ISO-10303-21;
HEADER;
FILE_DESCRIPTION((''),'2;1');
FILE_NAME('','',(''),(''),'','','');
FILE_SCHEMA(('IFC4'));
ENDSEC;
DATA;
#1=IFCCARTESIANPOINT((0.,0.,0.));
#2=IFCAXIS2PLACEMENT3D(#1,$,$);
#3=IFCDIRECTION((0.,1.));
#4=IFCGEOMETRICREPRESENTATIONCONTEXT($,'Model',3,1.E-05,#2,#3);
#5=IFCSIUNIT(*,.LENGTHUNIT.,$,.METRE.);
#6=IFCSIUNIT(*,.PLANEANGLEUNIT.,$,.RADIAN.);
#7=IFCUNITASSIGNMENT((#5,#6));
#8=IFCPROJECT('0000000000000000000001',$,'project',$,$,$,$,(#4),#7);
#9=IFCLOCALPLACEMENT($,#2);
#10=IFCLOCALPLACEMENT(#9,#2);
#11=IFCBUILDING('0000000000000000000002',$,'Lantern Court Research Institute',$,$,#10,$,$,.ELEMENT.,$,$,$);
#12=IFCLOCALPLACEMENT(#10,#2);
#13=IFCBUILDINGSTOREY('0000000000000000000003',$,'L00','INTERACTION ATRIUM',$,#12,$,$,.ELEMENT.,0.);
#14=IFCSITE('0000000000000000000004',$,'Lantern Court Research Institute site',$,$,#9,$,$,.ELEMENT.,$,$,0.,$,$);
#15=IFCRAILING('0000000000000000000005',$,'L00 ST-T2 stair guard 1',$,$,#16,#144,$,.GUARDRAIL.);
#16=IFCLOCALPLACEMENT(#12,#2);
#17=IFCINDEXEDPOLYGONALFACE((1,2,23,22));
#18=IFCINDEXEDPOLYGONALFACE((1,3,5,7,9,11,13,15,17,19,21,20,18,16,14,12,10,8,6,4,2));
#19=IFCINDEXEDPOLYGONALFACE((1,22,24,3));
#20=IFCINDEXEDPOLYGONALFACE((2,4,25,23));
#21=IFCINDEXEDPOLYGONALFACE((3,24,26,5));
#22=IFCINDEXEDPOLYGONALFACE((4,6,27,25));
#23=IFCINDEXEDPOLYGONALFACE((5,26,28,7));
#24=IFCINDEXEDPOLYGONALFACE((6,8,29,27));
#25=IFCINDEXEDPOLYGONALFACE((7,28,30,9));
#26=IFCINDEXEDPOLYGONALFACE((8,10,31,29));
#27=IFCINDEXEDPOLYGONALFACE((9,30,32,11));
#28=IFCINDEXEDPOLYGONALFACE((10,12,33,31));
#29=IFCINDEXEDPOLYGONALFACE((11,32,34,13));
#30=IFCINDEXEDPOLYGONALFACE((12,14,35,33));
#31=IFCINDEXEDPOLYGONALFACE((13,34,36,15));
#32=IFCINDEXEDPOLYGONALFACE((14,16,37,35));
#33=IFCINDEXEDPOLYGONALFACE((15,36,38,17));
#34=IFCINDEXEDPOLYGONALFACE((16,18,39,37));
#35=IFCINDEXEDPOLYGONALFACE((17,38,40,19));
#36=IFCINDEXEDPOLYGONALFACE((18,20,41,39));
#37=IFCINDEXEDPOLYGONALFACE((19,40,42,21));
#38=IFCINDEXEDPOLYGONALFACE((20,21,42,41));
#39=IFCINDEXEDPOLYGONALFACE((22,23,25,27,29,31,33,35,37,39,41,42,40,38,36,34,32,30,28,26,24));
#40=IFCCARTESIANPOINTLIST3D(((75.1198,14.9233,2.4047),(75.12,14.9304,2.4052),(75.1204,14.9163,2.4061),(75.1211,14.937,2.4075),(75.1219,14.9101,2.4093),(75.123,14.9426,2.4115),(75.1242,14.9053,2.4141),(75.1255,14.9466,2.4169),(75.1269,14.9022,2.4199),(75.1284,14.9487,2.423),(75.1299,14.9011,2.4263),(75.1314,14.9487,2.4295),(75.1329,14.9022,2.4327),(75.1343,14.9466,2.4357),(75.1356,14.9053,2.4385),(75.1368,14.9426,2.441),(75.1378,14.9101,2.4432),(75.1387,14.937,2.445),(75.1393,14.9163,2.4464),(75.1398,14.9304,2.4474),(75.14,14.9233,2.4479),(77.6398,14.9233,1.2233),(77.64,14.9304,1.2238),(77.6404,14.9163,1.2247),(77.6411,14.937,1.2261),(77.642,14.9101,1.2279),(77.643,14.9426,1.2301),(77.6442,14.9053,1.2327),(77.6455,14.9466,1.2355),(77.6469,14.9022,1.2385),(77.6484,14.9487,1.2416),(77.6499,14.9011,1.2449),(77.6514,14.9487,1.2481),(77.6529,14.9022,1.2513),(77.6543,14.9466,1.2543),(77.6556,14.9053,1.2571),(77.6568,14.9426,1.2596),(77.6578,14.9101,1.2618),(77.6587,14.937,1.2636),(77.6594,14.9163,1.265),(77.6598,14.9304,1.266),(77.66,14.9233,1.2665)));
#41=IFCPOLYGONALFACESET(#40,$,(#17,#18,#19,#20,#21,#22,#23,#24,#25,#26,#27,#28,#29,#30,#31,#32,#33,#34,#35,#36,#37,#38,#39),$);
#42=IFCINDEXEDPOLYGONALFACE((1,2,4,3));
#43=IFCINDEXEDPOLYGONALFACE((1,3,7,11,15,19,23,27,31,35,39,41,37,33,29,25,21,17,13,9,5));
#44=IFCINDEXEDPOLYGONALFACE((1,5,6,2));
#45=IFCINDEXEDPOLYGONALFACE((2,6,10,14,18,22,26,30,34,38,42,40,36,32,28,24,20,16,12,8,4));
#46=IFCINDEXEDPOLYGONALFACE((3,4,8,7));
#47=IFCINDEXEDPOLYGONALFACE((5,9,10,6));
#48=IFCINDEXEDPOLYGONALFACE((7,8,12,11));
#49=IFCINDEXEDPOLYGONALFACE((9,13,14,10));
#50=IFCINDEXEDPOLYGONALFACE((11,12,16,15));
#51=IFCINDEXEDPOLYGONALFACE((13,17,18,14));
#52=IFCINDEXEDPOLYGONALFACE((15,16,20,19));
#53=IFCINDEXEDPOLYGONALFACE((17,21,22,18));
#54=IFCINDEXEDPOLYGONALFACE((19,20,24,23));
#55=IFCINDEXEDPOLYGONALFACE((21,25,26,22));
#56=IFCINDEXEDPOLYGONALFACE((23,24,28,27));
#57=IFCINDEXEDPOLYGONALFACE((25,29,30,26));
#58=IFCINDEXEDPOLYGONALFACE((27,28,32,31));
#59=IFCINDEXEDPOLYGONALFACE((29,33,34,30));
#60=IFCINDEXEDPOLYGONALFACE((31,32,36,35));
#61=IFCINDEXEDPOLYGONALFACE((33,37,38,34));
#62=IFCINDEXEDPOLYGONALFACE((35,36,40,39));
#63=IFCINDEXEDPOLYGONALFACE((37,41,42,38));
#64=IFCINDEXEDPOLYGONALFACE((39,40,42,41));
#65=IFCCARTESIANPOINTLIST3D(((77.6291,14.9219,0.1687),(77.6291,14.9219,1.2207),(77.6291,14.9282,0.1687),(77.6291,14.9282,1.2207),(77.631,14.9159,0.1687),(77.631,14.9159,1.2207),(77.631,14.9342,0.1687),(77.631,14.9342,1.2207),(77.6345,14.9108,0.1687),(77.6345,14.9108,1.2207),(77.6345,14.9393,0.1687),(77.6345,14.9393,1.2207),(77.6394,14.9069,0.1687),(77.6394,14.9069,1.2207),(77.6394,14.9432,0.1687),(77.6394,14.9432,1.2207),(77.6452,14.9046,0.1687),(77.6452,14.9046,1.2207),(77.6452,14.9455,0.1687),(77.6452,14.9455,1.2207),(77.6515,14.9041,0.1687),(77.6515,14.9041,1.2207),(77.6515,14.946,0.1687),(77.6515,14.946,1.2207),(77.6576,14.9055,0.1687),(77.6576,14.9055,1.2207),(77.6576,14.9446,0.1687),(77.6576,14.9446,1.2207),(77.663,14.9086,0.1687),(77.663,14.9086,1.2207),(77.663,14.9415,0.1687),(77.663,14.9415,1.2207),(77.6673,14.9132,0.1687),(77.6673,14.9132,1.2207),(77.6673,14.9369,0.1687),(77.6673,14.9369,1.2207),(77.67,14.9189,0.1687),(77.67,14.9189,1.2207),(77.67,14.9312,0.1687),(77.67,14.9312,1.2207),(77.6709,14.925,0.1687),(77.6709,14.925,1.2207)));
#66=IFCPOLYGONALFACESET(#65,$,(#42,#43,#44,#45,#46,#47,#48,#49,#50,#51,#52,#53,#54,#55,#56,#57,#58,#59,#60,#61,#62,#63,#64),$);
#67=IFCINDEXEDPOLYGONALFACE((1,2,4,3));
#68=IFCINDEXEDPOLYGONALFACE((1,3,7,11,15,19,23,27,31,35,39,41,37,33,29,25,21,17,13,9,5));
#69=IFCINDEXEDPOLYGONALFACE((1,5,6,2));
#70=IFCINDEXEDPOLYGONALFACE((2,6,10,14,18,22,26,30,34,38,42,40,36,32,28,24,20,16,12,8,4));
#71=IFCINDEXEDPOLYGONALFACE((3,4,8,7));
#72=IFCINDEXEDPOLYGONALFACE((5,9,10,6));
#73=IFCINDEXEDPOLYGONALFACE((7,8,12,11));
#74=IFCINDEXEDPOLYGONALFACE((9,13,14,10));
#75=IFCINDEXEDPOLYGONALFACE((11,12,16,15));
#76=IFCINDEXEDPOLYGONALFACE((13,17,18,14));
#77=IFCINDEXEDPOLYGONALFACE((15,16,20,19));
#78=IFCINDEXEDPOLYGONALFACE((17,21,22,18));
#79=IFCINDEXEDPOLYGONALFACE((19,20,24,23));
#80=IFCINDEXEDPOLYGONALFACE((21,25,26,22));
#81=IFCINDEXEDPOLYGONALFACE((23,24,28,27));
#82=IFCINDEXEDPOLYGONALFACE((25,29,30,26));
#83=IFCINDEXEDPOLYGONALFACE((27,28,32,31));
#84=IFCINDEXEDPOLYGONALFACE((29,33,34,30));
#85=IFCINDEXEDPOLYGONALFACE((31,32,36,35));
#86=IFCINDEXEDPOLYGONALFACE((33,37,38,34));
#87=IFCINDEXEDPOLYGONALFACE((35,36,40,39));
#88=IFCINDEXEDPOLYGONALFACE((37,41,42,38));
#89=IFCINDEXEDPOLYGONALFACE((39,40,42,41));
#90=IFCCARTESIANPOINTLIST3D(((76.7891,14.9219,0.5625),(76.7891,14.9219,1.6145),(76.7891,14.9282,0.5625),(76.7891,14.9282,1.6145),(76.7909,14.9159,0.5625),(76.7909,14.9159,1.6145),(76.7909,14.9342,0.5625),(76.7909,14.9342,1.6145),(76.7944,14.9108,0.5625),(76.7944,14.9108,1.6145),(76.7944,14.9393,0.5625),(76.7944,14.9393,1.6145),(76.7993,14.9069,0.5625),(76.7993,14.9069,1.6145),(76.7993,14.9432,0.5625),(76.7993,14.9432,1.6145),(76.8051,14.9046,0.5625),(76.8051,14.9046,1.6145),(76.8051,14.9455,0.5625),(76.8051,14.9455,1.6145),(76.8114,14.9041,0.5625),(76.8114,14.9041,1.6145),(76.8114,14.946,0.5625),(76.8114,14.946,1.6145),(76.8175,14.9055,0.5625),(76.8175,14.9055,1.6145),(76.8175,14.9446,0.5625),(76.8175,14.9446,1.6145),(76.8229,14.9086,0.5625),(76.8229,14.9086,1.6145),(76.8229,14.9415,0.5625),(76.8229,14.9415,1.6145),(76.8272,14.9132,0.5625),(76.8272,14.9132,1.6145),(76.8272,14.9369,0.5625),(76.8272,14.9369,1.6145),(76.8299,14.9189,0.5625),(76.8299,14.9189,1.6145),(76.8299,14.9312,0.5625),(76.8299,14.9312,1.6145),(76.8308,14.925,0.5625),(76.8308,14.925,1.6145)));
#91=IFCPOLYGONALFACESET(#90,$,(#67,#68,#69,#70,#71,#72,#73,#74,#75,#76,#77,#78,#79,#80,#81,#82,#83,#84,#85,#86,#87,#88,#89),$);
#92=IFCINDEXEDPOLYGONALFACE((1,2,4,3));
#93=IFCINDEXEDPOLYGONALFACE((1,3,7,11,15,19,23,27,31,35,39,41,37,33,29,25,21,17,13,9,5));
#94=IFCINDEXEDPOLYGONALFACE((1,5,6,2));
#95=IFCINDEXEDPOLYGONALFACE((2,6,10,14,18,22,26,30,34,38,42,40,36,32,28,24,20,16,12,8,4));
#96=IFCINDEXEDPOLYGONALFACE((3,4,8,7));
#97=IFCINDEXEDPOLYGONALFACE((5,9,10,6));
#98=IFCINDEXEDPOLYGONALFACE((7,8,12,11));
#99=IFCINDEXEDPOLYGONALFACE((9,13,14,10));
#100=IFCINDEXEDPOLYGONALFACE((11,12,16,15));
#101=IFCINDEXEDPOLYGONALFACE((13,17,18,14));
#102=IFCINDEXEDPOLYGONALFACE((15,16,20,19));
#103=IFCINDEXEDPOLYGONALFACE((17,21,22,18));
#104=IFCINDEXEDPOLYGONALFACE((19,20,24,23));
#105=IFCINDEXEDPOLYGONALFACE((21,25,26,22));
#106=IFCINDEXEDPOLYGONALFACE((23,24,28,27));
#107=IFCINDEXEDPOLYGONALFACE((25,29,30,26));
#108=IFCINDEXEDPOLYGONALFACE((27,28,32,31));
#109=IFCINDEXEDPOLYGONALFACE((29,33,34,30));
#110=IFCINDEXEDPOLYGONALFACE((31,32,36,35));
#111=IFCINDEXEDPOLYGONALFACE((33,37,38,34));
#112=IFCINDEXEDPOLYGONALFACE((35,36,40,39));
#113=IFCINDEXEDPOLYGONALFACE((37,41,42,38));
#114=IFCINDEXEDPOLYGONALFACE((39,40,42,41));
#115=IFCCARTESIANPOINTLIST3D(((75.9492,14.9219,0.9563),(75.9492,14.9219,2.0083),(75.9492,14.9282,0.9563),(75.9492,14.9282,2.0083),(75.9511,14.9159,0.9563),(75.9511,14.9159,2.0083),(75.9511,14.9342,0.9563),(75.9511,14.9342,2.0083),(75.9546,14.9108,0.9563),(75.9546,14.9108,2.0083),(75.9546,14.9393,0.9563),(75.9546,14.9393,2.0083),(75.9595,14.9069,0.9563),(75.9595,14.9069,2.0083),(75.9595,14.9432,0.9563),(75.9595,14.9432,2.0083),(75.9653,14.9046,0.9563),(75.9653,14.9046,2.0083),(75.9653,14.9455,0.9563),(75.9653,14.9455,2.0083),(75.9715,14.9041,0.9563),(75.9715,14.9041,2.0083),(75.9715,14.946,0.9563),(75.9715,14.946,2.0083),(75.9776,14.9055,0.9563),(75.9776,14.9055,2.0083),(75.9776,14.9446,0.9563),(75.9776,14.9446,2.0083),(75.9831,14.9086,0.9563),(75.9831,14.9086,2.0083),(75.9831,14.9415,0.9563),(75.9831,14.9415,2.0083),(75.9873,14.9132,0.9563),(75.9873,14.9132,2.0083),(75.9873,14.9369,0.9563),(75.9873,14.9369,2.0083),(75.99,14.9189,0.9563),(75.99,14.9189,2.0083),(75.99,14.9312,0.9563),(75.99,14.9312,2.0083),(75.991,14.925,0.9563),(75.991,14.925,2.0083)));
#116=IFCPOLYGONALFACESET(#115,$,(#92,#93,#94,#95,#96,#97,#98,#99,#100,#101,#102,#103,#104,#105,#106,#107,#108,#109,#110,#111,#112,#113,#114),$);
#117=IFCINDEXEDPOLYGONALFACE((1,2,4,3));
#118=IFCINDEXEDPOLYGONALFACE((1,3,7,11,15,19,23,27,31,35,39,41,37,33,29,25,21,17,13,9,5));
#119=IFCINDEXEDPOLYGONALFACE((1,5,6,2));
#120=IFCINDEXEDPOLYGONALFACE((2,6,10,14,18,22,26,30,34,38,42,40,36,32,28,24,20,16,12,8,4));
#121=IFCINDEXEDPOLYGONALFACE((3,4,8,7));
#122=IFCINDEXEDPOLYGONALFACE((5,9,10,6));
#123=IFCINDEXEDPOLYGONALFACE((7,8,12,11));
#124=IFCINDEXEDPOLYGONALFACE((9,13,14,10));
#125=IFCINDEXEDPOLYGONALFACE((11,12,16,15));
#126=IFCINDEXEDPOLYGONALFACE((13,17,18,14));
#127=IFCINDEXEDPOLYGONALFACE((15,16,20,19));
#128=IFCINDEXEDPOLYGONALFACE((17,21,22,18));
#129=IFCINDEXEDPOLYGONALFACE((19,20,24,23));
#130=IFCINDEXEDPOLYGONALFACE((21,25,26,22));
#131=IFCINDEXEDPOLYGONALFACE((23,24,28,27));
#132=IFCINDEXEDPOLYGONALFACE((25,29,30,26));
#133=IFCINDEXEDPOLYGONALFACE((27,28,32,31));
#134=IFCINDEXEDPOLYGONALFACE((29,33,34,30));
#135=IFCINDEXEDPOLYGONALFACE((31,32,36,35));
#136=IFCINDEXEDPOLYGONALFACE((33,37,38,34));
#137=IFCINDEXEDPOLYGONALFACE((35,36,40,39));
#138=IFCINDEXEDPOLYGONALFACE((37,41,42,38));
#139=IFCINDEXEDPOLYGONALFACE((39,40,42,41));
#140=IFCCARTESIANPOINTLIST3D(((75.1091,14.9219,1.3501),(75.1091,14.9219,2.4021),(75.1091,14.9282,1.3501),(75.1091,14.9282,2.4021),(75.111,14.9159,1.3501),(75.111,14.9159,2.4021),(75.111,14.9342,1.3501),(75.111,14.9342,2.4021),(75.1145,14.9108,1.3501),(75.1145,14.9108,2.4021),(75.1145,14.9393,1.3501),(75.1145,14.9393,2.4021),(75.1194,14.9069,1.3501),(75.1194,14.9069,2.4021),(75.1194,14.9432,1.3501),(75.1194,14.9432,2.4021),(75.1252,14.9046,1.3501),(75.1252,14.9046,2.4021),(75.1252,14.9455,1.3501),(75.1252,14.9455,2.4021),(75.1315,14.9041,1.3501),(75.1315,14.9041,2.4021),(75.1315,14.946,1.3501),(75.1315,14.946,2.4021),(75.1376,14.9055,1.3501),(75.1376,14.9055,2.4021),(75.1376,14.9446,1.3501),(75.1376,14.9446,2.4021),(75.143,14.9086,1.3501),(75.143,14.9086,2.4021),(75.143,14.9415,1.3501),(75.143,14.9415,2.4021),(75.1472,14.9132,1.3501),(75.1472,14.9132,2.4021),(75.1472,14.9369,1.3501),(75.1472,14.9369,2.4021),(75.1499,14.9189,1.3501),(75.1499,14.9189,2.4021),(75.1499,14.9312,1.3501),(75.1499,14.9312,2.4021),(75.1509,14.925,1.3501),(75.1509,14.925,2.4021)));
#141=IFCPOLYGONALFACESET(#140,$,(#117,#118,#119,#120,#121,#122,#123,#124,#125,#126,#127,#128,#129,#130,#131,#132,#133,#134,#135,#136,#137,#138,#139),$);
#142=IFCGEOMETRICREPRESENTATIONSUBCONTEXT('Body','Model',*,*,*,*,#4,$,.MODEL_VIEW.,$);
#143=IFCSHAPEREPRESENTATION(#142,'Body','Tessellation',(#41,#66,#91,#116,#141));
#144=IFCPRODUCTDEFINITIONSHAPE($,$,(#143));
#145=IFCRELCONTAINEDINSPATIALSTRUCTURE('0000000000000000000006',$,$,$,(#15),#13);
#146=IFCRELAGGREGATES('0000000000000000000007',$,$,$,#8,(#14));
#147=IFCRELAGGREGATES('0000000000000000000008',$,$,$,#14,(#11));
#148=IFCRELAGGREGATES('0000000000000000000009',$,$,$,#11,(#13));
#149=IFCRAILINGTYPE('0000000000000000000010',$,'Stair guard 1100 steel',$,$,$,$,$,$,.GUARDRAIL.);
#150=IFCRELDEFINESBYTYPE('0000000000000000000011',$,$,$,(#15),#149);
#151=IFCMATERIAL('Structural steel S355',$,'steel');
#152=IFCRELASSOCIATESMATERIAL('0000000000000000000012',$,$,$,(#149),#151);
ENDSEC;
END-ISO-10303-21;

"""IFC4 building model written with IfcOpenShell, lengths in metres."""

from ifc_helpers import new_model, si_unit, direction, frame, origin, origin_2d, place, context, subcontext, project, spatial, circle, extrude, material, type_object, element, save


model = new_model("IFC4")

# Units and contexts
model_context = context("Model", 3, precision=1e-05, world=origin(), true_north=direction((0.0, 1.0)))
body_context = subcontext(model_context, "Body", "Model", "MODEL_VIEW")
ifc_project = project(units=[si_unit("LENGTHUNIT", "METRE"), si_unit("PLANEANGLEUNIT", "RADIAN")], contexts=[model_context])

# Site, building, storey
site_placement = place(None, origin())
site = spatial("IfcSite", under=ifc_project, at=site_placement, Name="Lantern Court Research Institute site", CompositionType="ELEMENT", RefElevation=0.0)
building_placement = place(site_placement, origin())
building = spatial("IfcBuilding", under=site, at=building_placement, Name="Lantern Court Research Institute", CompositionType="ELEMENT")
storey_placement = place(building_placement, origin())
storey = spatial("IfcBuildingStorey", under=building, at=storey_placement, Name="L00", Description="INTERACTION ATRIUM", CompositionType="ELEMENT", Elevation=0.0)

# Railing
ifc_material_1 = material(Name="Structural steel S355", Category="steel")
railing_type_1 = type_object("IfcRailingType", Name="Stair guard 1100 steel", PredefinedType="GUARDRAIL", material=ifc_material_1)
railing_1_placement = place(storey_placement, frame((77.6499, 14.925, 0.1687)))
element("IfcRailing", 1, at=railing_1_placement, inside=storey, type_object=railing_type_1, Name="L00 ST-T2 stair guard 1", PredefinedType="GUARDRAIL", context=body_context, shape_type="SweptSolid", body=[
    extrude(circle(Radius=0.0239, at=origin_2d()), frame((0.0, 0.0, 1.0762), z_axis=(-0.90544, 0.0, 0.424474), x_axis=(0.0, -1.0, 0.0)), (0.0, 0.0, 1.0), 2.7832),
    extrude(circle(Radius=0.021, at=origin_2d()), origin(), (0.0, 0.0, 1.0), 1.052),
    extrude(circle(Radius=0.021, at=origin_2d()), frame((-0.8401, 0.0, 0.3938)), (0.0, 0.0, 1.0), 1.052),
    extrude(circle(Radius=0.021, at=origin_2d()), frame((-1.6799, 0.0, 0.7876)), (0.0, 0.0, 1.0), 1.052),
    extrude(circle(Radius=0.021, at=origin_2d()), frame((-2.52, 0.0, 1.1814)), (0.0, 0.0, 1.0), 1.052),
])

save(model, "model.ifc")
